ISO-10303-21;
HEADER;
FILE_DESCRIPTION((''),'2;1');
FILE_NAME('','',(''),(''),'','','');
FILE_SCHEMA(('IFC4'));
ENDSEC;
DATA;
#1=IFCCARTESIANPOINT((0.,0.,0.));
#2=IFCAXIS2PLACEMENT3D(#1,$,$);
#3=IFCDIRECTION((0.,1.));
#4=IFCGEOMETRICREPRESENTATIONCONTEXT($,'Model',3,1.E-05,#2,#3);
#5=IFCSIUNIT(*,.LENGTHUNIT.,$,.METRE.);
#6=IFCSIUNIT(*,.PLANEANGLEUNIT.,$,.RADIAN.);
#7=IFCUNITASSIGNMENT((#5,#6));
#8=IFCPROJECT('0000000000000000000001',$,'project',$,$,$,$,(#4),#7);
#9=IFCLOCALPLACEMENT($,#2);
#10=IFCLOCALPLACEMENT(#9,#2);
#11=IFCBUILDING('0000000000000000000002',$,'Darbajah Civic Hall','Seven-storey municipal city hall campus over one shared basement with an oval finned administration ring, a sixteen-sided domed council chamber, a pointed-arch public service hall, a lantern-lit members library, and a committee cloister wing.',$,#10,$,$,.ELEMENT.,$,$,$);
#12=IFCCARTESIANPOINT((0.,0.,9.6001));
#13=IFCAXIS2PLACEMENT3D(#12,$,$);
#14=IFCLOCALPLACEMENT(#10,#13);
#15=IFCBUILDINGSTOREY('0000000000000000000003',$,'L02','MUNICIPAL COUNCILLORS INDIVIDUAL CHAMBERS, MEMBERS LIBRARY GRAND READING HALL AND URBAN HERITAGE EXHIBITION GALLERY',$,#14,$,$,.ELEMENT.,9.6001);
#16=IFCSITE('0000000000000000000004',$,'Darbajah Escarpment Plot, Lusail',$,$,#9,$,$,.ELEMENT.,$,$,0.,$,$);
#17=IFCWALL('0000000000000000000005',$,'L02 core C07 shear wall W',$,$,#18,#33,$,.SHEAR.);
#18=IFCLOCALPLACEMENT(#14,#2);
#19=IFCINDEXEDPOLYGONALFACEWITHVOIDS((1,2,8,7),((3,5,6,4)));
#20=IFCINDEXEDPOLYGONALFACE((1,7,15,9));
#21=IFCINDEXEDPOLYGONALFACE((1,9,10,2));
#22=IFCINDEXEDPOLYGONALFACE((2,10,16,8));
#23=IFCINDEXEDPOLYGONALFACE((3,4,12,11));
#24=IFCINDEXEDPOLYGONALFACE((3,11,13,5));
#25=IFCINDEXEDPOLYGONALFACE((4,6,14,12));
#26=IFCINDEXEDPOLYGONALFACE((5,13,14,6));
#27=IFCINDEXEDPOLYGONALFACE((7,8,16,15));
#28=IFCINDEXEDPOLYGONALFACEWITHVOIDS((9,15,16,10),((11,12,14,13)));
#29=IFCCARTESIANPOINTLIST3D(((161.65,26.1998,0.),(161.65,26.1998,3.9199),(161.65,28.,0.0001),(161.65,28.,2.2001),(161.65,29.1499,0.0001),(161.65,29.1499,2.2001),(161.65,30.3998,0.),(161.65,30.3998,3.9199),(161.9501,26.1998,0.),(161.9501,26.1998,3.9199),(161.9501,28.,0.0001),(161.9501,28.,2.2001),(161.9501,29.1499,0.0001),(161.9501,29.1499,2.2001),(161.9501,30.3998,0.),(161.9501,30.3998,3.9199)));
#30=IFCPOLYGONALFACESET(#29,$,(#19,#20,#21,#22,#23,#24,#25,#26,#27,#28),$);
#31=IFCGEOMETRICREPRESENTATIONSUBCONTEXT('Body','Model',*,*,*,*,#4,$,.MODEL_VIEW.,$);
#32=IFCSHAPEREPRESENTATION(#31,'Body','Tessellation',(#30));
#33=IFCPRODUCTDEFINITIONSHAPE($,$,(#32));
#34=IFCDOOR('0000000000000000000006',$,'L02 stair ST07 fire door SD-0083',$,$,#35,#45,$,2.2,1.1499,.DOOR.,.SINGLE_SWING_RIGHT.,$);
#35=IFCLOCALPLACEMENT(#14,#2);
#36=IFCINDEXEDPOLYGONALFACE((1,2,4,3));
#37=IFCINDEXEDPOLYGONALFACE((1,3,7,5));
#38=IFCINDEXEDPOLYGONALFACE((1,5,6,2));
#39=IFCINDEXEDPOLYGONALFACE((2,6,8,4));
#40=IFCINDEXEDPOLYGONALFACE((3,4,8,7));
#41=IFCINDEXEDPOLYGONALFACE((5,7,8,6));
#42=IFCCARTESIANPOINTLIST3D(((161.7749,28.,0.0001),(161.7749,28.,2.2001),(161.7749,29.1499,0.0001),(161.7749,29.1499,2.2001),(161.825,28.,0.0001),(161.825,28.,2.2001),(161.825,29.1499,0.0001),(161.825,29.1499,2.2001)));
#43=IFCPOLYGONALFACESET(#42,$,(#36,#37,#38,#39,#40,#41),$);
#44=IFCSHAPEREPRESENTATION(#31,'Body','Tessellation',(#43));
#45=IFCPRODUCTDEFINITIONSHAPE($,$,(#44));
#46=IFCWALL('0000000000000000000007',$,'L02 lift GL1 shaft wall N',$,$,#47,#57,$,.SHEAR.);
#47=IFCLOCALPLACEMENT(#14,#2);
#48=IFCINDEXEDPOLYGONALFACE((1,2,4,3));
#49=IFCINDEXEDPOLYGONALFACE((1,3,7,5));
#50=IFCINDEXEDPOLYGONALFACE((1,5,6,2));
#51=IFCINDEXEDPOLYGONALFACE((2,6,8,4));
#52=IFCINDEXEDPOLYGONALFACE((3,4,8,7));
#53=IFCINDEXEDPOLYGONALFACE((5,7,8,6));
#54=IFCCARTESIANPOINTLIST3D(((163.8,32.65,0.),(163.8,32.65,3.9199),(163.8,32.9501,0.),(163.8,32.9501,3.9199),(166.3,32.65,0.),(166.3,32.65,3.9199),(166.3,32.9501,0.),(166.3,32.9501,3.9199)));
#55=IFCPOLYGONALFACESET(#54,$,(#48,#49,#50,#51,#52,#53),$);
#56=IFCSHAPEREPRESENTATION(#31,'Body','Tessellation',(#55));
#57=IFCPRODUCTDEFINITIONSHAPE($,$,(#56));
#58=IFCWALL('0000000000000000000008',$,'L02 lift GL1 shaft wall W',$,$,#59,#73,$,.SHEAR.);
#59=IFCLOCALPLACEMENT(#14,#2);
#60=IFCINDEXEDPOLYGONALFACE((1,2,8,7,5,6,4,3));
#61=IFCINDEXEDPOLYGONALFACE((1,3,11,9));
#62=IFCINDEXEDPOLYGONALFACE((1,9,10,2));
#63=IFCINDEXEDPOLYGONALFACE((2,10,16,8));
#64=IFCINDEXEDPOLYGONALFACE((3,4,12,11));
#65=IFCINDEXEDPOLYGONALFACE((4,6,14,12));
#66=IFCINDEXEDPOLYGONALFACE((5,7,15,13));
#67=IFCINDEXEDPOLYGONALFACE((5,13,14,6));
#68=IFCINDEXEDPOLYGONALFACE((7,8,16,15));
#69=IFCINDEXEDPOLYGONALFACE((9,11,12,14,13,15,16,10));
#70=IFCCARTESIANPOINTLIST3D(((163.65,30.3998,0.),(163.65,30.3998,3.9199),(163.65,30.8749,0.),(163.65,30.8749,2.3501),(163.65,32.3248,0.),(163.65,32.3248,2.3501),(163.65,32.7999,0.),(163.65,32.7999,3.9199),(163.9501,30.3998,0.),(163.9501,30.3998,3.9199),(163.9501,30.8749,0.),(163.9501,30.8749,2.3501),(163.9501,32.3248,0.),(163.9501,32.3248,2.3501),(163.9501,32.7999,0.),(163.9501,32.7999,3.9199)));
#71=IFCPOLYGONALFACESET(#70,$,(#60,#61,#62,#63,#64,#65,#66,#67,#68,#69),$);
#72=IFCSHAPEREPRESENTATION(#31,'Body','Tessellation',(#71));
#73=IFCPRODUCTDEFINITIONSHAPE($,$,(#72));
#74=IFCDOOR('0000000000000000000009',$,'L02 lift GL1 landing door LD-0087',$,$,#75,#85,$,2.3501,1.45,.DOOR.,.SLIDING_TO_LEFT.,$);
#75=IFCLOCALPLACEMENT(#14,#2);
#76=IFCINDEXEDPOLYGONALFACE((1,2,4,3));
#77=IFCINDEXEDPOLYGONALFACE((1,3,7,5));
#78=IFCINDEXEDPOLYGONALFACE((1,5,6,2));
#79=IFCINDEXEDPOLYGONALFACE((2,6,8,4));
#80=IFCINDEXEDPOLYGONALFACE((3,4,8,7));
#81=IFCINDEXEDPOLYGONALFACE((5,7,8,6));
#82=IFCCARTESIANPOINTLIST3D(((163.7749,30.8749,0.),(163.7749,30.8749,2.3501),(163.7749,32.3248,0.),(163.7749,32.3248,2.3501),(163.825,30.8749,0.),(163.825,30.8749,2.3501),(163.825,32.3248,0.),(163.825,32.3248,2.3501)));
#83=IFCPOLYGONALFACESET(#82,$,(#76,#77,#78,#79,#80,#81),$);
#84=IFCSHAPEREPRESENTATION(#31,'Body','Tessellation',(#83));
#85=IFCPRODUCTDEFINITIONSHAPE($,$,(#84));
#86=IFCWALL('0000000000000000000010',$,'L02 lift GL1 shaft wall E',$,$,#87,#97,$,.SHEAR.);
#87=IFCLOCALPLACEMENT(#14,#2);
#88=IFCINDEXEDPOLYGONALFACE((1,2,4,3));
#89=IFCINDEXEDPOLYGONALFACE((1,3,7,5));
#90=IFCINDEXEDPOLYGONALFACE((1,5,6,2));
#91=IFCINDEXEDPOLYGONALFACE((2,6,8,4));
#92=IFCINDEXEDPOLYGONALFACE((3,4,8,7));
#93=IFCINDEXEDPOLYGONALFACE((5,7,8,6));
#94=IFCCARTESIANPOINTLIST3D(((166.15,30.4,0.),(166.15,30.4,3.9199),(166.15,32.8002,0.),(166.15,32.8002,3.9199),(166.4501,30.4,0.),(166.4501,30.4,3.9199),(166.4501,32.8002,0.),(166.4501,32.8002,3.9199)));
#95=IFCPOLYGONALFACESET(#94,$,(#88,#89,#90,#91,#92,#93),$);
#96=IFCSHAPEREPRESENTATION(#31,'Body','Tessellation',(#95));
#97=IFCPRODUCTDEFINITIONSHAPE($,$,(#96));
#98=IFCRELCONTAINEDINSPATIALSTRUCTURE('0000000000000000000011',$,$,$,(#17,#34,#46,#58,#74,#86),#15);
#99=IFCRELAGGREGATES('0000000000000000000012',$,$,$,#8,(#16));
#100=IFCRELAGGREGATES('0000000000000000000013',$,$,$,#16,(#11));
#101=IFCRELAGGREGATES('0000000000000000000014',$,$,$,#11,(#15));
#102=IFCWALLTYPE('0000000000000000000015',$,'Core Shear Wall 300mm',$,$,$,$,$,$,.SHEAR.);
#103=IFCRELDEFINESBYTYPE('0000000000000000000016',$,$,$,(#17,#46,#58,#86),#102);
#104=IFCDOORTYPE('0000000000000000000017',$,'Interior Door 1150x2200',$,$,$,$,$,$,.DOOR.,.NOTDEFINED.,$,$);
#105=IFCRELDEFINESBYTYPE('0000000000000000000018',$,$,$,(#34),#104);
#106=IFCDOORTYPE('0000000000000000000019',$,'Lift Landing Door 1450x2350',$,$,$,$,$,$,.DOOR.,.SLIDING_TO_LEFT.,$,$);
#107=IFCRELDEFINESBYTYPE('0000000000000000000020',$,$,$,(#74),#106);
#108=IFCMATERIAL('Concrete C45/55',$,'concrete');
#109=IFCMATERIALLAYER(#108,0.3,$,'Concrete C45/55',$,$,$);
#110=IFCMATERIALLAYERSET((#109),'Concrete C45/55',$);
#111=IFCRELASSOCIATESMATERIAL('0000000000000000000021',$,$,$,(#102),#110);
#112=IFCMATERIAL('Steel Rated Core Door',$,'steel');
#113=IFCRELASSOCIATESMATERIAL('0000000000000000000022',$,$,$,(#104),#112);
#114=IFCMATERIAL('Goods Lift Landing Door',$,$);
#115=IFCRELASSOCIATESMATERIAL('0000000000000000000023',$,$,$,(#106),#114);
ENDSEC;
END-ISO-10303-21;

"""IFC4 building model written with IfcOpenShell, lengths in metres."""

from ifc_helpers import new_model, si_unit, direction, frame, frame_2d, origin, place, context, subcontext, project, spatial, rectangle, extrude, material, layer, layer_set, type_object, element, fill, save


model = new_model("IFC4")

# Units and contexts
model_context = context("Model", 3, precision=1e-05, world=origin(), true_north=direction((0.0, 1.0)))
body_context = subcontext(model_context, "Body", "Model", "MODEL_VIEW")
ifc_project = project(units=[si_unit("LENGTHUNIT", "METRE"), si_unit("PLANEANGLEUNIT", "RADIAN")], contexts=[model_context])

# Site, building, storey
site_placement = place(None, origin())
site = spatial("IfcSite", under=ifc_project, at=site_placement, Name="Darbajah Escarpment Plot, Lusail", CompositionType="ELEMENT", RefElevation=0.0)
building_placement = place(site_placement, origin())
building = spatial("IfcBuilding", under=site, at=building_placement, Name="Darbajah Civic Hall", Description="Seven-storey municipal city hall campus over one shared basement with an oval finned administration ring, a sixteen-sided domed council chamber, a pointed-arch public service hall, a lantern-lit members library, and a committee cloister wing.", CompositionType="ELEMENT")
storey_placement = place(building_placement, frame((0.0, 0.0, 9.6001)))
storey = spatial("IfcBuildingStorey", under=building, at=storey_placement, Name="L02", Description="MUNICIPAL COUNCILLORS INDIVIDUAL CHAMBERS, MEMBERS LIBRARY GRAND READING HALL AND URBAN HERITAGE EXHIBITION GALLERY", CompositionType="ELEMENT", Elevation=9.6001)

# Shared definitions
ifc_material_1 = material(Name="Concrete C45/55", Category="concrete")

# Shared definitions
ifc_layer = layer(ifc_material_1, 0.3, Name="Concrete C45/55")
ifc_layer_set = layer_set([ifc_layer], Name="Concrete C45/55")
wall_type = type_object("IfcWallType", Name="Core Shear Wall 300mm", PredefinedType="SHEAR", material=ifc_layer_set)

# Wall, opening, door
wall_1_placement = place(storey_placement, frame((161.8, 30.3999, 0.0), z_axis=(0.0, 0.0, 1.0), x_axis=(0.0, -1.0, 0.0)))
wall_1 = element("IfcWall", 1, at=wall_1_placement, inside=storey, type_object=wall_type, Name="L02 core C07 shear wall W", PredefinedType="SHEAR", context=body_context, shape_type="SweptSolid", body=[
    extrude(rectangle(XDim=4.2, YDim=0.3, at=frame_2d((2.1001, 0.0))), origin(), (0.0, 0.0, 1.0), 3.9199),
])
opening_1_placement = place(wall_1_placement, frame((1.25, 0.0, 0.0)))
opening_1 = element("IfcOpeningElement", 2, at=opening_1_placement, cuts=wall_1, PredefinedType="OPENING", context=body_context, shape_type="SweptSolid", body=[
    extrude(rectangle(XDim=1.1499, YDim=2.2, at=frame_2d((0.575, 1.1001))), frame((0.0, 0.1599, 0.0), z_axis=(0.0, -1.0, 0.0), x_axis=(1.0, 0.0, 0.0)), (0.0, 0.0, 1.0), 0.3201),
])
ifc_material_2 = material(Name="Steel Rated Core Door", Category="steel")
door_type_1 = type_object("IfcDoorType", Name="Interior Door 1150x2200", OperationType="NOTDEFINED", PredefinedType="DOOR", material=ifc_material_2)
door_1_placement = place(opening_1_placement, origin())
door_1 = element("IfcDoor", 3, at=door_1_placement, inside=storey, type_object=door_type_1, Name="L02 stair ST07 fire door SD-0083", OperationType="SINGLE_SWING_RIGHT", OverallHeight=2.2, OverallWidth=1.1499, PredefinedType="DOOR", context=body_context, shape_type="SweptSolid", body=[
    extrude(rectangle(XDim=1.1499, YDim=2.2, at=frame_2d((0.575, 1.1001))), frame((0.0, 0.0249, 0.0), z_axis=(0.0, -1.0, 0.0), x_axis=(1.0, 0.0, 0.0)), (0.0, 0.0, 1.0), 0.05),
])
fill(opening_1, door_1)

# Wall
wall_2_placement = place(storey_placement, frame((166.3, 32.8, 0.0), z_axis=(0.0, 0.0, 1.0), x_axis=(-1.0, 0.0, 0.0)))
element("IfcWall", 4, at=wall_2_placement, inside=storey, type_object=wall_type, Name="L02 lift GL1 shaft wall N", PredefinedType="SHEAR", context=body_context, shape_type="SweptSolid", body=[
    extrude(rectangle(XDim=2.5, YDim=0.3, at=frame_2d((1.25, 0.0))), origin(), (0.0, 0.0, 1.0), 3.9199),
])

# Wall, opening, door
wall_3_placement = place(storey_placement, frame((163.8, 32.8, 0.0), z_axis=(0.0, 0.0, 1.0), x_axis=(0.0, -1.0, 0.0)))
wall_3 = element("IfcWall", 5, at=wall_3_placement, inside=storey, type_object=wall_type, Name="L02 lift GL1 shaft wall W", PredefinedType="SHEAR", context=body_context, shape_type="SweptSolid", body=[
    extrude(rectangle(XDim=2.4001, YDim=0.3, at=frame_2d((1.2002, 0.0))), origin(), (0.0, 0.0, 1.0), 3.9199),
])
opening_2_placement = place(wall_3_placement, frame((0.4751, 0.0, 0.0)))
opening_2 = element("IfcOpeningElement", 6, at=opening_2_placement, cuts=wall_3, PredefinedType="OPENING", context=body_context, shape_type="SweptSolid", body=[
    extrude(rectangle(XDim=1.45, YDim=2.3501, at=frame_2d((0.7251, 1.175))), frame((0.0, 0.1599, 0.0), z_axis=(0.0, -1.0, 0.0), x_axis=(1.0, 0.0, 0.0)), (0.0, 0.0, 1.0), 0.3201),
])
ifc_material_3 = material(Name="Goods Lift Landing Door")
door_type_2 = type_object("IfcDoorType", Name="Lift Landing Door 1450x2350", OperationType="SLIDING_TO_LEFT", PredefinedType="DOOR", material=ifc_material_3)
door_2_placement = place(opening_2_placement, origin())
door_2 = element("IfcDoor", 7, at=door_2_placement, inside=storey, type_object=door_type_2, Name="L02 lift GL1 landing door LD-0087", OperationType="SLIDING_TO_LEFT", OverallHeight=2.3501, OverallWidth=1.45, PredefinedType="DOOR", context=body_context, shape_type="SweptSolid", body=[
    extrude(rectangle(XDim=1.45, YDim=2.3501, at=frame_2d((0.7251, 1.175))), frame((0.0, 0.0249, 0.0), z_axis=(0.0, -1.0, 0.0), x_axis=(1.0, 0.0, 0.0)), (0.0, 0.0, 1.0), 0.05),
])
fill(opening_2, door_2)

# Wall
wall_4_placement = place(storey_placement, frame((166.3, 30.3999, 0.0), z_axis=(0.0, 0.0, 1.0), x_axis=(0.0, 1.0, 0.0)))
element("IfcWall", 8, at=wall_4_placement, inside=storey, type_object=wall_type, Name="L02 lift GL1 shaft wall E", PredefinedType="SHEAR", context=body_context, shape_type="SweptSolid", body=[
    extrude(rectangle(XDim=2.4001, YDim=0.3, at=frame_2d((1.2002, 0.0))), origin(), (0.0, 0.0, 1.0), 3.9199),
])

save(model, "model.ifc")
